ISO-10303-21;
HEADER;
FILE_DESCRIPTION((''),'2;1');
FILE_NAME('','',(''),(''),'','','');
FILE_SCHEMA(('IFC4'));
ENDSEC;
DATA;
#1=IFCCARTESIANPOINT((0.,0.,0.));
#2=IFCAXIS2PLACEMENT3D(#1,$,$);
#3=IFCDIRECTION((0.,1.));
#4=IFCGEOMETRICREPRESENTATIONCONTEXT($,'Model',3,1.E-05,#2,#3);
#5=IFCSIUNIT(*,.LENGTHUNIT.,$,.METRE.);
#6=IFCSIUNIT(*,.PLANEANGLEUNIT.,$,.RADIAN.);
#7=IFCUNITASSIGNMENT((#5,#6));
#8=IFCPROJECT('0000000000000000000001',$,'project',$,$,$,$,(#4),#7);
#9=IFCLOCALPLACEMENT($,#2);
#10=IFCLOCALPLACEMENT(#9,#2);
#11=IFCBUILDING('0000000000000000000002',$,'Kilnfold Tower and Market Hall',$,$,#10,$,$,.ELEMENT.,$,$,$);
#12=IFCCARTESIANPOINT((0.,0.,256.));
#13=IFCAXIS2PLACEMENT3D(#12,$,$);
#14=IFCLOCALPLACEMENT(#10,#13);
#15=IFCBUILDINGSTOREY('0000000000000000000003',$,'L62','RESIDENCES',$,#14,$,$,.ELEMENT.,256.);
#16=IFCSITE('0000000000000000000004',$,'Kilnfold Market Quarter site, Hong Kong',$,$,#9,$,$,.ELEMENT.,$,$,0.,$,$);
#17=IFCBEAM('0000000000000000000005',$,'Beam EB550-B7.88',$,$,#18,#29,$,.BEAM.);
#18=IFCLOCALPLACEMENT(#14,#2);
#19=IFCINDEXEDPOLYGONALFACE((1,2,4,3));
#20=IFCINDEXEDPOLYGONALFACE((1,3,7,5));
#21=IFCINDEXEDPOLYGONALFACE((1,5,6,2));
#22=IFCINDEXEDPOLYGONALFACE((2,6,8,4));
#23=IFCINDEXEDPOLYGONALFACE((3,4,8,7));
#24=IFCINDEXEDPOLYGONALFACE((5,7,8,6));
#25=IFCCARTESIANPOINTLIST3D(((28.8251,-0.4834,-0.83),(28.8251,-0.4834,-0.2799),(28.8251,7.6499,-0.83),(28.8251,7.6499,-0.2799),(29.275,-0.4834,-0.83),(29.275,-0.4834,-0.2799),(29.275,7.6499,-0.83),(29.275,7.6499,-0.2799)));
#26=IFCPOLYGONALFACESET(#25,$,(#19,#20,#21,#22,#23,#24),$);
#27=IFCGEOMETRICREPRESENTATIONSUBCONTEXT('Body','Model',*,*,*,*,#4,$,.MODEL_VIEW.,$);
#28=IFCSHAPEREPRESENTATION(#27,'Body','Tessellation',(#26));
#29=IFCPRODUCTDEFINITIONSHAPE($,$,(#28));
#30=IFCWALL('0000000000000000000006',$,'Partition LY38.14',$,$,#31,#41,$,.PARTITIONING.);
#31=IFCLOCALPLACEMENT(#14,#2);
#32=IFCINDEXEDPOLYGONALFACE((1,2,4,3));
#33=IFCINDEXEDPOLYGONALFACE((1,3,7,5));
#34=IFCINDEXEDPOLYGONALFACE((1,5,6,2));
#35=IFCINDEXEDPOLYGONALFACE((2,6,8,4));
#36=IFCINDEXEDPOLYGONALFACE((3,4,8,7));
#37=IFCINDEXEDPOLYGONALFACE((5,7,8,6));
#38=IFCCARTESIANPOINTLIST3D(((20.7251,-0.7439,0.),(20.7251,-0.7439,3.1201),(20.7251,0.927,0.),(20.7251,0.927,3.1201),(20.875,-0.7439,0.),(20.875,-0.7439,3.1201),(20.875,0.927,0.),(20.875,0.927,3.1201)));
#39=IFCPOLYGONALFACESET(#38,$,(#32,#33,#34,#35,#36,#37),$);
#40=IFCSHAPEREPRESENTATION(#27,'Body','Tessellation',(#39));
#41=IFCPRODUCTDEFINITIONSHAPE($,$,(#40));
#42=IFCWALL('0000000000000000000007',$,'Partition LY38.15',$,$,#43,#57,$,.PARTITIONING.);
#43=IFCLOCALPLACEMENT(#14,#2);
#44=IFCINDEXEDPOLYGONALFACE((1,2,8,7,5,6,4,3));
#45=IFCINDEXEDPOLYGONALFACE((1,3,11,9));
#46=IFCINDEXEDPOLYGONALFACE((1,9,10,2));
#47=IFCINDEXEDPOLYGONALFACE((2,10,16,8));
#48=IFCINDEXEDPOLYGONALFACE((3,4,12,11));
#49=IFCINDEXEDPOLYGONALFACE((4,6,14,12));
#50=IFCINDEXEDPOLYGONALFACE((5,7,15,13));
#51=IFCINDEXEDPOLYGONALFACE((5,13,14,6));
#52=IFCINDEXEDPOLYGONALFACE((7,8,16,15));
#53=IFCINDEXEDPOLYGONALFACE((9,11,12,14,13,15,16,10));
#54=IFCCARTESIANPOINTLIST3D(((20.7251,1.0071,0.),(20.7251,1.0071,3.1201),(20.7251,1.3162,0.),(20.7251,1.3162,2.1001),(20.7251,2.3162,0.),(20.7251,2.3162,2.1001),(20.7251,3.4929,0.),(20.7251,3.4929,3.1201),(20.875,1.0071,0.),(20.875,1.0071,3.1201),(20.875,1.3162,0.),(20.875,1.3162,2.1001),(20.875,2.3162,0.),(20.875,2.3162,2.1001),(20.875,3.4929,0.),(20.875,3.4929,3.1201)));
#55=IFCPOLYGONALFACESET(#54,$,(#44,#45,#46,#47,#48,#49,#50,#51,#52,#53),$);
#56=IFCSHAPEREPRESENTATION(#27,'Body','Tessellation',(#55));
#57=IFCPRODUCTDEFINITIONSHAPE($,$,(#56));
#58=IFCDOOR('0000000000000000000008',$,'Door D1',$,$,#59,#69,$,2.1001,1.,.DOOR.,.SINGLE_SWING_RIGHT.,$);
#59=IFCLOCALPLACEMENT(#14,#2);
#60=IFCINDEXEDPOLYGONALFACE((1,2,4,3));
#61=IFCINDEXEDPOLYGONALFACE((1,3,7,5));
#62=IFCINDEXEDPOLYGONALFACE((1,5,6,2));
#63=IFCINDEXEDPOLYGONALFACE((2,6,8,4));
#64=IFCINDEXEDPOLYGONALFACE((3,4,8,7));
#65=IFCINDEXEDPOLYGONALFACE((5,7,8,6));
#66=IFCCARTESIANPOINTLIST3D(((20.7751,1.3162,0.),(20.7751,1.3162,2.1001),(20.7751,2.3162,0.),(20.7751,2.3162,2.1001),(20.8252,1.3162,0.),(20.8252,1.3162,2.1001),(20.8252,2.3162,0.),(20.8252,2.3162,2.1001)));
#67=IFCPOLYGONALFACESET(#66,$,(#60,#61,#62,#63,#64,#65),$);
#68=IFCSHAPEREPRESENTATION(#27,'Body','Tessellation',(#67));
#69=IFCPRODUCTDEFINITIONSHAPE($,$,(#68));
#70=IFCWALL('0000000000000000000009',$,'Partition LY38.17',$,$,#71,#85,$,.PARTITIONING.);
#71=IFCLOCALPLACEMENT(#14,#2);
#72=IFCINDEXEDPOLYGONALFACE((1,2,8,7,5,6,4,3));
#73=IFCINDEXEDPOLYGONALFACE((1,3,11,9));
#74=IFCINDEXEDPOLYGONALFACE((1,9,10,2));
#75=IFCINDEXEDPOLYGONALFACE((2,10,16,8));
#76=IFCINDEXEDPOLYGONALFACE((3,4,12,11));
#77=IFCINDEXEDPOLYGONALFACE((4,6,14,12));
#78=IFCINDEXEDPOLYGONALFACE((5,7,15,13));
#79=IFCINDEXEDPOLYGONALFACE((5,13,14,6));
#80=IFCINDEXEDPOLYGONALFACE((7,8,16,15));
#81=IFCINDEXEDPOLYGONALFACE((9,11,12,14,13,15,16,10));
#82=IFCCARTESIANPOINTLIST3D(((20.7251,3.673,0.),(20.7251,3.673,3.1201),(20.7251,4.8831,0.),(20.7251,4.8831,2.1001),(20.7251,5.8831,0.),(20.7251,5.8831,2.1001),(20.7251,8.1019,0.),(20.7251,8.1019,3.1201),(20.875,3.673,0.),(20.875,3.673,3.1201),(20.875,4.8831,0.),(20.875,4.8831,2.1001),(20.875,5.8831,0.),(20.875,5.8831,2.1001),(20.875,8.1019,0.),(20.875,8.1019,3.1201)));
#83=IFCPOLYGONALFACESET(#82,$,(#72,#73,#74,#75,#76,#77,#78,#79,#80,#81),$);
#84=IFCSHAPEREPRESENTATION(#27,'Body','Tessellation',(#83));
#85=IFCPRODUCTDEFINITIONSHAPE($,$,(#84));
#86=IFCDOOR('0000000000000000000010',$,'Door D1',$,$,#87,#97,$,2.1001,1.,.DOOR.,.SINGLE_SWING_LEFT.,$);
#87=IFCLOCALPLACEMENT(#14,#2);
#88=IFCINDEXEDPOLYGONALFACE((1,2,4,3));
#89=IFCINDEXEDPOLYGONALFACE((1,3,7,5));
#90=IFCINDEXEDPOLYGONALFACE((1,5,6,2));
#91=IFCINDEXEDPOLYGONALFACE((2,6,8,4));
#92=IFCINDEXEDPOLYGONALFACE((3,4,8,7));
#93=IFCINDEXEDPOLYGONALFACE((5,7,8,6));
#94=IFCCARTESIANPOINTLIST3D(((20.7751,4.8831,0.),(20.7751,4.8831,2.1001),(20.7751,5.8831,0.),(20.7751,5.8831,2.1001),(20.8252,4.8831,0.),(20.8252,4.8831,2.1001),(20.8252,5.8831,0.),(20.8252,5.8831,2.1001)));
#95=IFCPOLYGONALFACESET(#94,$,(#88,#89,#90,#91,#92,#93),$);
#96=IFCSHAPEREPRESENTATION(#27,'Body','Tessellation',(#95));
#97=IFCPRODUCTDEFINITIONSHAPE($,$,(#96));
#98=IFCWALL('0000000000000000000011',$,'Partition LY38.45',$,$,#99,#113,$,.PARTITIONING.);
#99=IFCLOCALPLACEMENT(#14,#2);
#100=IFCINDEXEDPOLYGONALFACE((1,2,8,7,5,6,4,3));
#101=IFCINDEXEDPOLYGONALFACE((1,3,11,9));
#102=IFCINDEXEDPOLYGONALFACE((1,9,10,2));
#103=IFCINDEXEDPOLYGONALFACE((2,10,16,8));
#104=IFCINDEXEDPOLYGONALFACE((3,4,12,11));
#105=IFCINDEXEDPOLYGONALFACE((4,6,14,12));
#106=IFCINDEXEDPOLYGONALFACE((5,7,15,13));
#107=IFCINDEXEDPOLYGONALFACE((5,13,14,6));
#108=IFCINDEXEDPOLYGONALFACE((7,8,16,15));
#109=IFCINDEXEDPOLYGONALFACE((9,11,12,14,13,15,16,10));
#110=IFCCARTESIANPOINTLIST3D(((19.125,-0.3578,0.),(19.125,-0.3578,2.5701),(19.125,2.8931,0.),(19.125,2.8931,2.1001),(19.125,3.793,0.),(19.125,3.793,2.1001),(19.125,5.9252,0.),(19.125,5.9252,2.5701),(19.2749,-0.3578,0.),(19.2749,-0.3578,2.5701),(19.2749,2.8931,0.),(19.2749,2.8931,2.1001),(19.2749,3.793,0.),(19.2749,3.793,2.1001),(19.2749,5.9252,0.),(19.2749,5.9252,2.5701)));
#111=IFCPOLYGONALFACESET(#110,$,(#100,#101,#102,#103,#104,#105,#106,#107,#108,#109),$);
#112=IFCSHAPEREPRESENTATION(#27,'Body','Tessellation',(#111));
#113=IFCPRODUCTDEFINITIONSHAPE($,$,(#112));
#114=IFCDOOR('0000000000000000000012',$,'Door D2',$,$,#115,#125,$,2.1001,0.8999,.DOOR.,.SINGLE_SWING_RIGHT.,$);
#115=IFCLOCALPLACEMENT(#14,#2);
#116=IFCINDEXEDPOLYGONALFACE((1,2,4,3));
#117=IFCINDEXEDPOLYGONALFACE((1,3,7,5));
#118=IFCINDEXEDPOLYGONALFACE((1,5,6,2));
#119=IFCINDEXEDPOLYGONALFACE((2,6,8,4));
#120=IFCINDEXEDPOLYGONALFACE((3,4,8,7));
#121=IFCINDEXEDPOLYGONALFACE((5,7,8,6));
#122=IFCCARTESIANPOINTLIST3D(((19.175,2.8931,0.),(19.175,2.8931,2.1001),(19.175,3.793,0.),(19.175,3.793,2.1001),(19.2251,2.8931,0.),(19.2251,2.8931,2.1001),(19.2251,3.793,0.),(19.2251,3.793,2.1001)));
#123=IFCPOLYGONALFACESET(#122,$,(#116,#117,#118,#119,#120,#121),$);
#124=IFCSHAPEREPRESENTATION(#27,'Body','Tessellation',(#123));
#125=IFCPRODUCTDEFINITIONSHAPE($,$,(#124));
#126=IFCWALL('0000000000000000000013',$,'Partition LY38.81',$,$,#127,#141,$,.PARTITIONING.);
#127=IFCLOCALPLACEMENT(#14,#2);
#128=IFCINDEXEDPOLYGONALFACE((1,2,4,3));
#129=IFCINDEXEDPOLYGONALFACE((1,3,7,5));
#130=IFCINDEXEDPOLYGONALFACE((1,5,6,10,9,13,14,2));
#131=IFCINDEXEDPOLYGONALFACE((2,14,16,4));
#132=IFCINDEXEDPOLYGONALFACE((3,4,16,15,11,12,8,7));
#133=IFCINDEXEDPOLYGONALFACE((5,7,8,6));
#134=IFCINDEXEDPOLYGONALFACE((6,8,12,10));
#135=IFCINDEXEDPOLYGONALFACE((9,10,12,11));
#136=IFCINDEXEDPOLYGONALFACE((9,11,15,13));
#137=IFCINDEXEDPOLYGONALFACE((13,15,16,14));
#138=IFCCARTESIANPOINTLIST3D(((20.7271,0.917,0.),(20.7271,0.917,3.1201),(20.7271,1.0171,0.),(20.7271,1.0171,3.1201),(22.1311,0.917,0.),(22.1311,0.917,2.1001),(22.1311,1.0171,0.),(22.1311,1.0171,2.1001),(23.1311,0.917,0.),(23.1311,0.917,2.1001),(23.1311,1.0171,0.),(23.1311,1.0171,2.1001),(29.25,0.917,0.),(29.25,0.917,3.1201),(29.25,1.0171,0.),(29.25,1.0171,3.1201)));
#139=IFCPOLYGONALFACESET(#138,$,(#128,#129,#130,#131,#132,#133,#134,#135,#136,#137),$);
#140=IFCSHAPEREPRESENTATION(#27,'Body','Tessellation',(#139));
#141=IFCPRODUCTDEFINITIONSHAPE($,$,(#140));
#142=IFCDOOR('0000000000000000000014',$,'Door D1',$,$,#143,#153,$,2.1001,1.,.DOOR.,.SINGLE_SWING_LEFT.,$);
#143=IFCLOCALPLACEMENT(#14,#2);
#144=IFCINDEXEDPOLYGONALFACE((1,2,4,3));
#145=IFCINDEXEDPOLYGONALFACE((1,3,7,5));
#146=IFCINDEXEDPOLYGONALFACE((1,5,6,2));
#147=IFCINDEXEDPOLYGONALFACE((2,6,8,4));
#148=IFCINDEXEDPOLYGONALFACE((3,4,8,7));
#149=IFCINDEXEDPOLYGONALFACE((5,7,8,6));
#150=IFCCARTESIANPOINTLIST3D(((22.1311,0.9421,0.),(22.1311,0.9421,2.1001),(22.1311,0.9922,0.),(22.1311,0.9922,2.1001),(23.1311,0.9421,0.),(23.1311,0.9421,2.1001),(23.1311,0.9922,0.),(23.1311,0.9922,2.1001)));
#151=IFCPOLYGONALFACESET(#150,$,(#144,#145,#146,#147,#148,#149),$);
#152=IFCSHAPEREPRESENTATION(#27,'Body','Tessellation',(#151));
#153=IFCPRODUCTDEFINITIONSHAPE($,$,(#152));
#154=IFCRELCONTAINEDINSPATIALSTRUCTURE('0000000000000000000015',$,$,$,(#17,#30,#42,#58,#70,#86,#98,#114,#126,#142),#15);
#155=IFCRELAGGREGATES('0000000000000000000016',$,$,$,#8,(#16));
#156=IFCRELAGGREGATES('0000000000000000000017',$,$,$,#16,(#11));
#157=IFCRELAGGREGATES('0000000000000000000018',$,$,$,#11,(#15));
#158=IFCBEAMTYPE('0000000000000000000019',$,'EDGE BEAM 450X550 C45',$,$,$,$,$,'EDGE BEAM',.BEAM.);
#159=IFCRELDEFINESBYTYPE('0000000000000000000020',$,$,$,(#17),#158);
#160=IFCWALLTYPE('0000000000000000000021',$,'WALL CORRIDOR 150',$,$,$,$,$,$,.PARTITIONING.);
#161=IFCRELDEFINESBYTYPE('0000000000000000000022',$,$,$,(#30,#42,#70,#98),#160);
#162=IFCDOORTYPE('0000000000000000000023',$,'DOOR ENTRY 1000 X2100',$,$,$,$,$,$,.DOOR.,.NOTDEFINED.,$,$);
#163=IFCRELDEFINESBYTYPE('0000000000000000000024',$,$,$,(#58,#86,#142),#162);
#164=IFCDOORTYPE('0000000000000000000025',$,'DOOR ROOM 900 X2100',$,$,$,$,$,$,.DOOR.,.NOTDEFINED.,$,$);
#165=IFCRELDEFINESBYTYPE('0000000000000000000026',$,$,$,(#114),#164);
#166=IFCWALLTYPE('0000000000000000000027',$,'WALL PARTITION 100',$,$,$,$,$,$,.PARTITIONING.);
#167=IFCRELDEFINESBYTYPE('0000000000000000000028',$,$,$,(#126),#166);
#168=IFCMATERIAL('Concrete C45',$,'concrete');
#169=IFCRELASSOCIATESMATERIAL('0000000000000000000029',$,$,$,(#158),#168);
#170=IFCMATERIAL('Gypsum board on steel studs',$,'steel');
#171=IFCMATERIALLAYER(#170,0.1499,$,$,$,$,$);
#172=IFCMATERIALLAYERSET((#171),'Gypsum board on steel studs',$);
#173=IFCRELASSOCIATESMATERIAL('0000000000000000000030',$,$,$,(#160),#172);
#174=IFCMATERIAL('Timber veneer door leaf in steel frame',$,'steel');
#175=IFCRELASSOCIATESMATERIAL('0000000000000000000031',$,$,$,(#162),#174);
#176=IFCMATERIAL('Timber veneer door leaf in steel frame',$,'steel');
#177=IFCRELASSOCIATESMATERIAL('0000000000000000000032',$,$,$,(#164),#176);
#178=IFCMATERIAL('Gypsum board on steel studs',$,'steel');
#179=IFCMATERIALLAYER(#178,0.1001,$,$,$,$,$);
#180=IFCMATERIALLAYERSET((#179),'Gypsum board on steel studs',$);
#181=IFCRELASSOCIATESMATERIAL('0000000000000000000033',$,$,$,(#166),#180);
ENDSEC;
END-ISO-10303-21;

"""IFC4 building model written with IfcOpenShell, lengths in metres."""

from ifc_helpers import new_model, si_unit, direction, frame, frame_2d, origin, origin_2d, place, context, subcontext, project, spatial, rectangle, extrude, source, transform, mapped, material, layer, layer_set, material_profile, profile_set, type_object, element, fill, save


model = new_model("IFC4")

# Units and contexts
model_context = context("Model", 3, precision=1e-05, world=origin(), true_north=direction((0.0, 1.0)))
body_context = subcontext(model_context, "Body", "Model", "MODEL_VIEW")
ifc_project = project(units=[si_unit("LENGTHUNIT", "METRE"), si_unit("PLANEANGLEUNIT", "RADIAN")], contexts=[model_context])

# Site, building, storey
site_placement = place(None, origin())
site = spatial("IfcSite", under=ifc_project, at=site_placement, Name="Kilnfold Market Quarter site, Hong Kong", CompositionType="ELEMENT", RefElevation=0.0)
building_placement = place(site_placement, origin())
building = spatial("IfcBuilding", under=site, at=building_placement, Name="Kilnfold Tower and Market Hall", CompositionType="ELEMENT")
storey_placement = place(building_placement, frame((0.0, 0.0, 256.0)))
storey = spatial("IfcBuildingStorey", under=building, at=storey_placement, Name="L62", Description="RESIDENCES", CompositionType="ELEMENT", Elevation=256.0)

# Beam
ifc_material_1 = material(Name="Concrete C45", Category="concrete")
ifc_material_profile_1 = material_profile(ifc_material_1, rectangle(XDim=0.45, YDim=0.55, at=origin_2d()), Name="RC 450x550")
ifc_profile_set_1 = profile_set([ifc_material_profile_1], Name="Concrete C45")
beam_type = type_object("IfcBeamType", Name="EDGE BEAM 450X550 C45", ElementType="EDGE BEAM", PredefinedType="BEAM", material=ifc_profile_set_1)
shared_shape_1 = source(origin(), body_context, "Body", "SweptSolid", [
    extrude(rectangle(XDim=0.45, YDim=0.55, at=origin_2d()), origin(), (0.0, 0.0, 1.0), 8.1333),
])
beam_placement = place(storey_placement, frame((29.05, -0.4834, -0.5549), z_axis=(0.0, 1.0, 0.0), x_axis=(-1.0, 0.0, 0.0)))
element("IfcBeam", 1, at=beam_placement, inside=storey, type_object=beam_type, Name="Beam EB550-B7.88", PredefinedType="BEAM", context=body_context, shape_type="MappedRepresentation", body=[
    mapped(shared_shape_1, transform((0.0, 0.0, 0.0))),
])

# Wall
ifc_material_2 = material(Name="Gypsum board on steel studs", Category="steel")
ifc_layer_1 = layer(ifc_material_2, 0.1499)
ifc_layer_set_1 = layer_set([ifc_layer_1], Name="Gypsum board on steel studs")
wall_type_1 = type_object("IfcWallType", Name="WALL CORRIDOR 150", PredefinedType="PARTITIONING", material=ifc_layer_set_1)
wall_1_placement = place(storey_placement, frame((20.8, -0.7439, 0.0), z_axis=(0.0, 0.0, 1.0), x_axis=(0.0, 1.0, 0.0)))
element("IfcWall", 2, at=wall_1_placement, inside=storey, type_object=wall_type_1, Name="Partition LY38.14", PredefinedType="PARTITIONING", context=body_context, shape_type="SweptSolid", body=[
    extrude(rectangle(XDim=1.6709, YDim=0.1499, at=frame_2d((0.8354, 0.0))), origin(), (0.0, 0.0, 1.0), 3.1201),
])

# Walls, openings, doors
wall_2_placement = place(storey_placement, frame((20.8, 1.0071, 0.0), z_axis=(0.0, 0.0, 1.0), x_axis=(0.0, 1.0, 0.0)))
wall_2 = element("IfcWall", 3, at=wall_2_placement, inside=storey, type_object=wall_type_1, Name="Partition LY38.15", PredefinedType="PARTITIONING", context=body_context, shape_type="SweptSolid", body=[
    extrude(rectangle(XDim=2.4858, YDim=0.1499, at=frame_2d((1.2429, 0.0))), origin(), (0.0, 0.0, 1.0), 3.1201),
])
opening_1_placement = place(wall_2_placement, frame((0.3091, 0.0, 0.0)))
opening_1 = element("IfcOpeningElement", 4, at=opening_1_placement, cuts=wall_2, PredefinedType="OPENING", context=body_context, shape_type="SweptSolid", body=[
    extrude(rectangle(XDim=1.0, YDim=2.1001, at=frame_2d((0.5, 1.05))), frame((0.0, 0.085, 0.0), z_axis=(0.0, -1.0, 0.0), x_axis=(1.0, 0.0, 0.0)), (0.0, 0.0, 1.0), 0.1699),
])
ifc_material_3 = material(Name="Timber veneer door leaf in steel frame", Category="steel")
door_type_1 = type_object("IfcDoorType", Name="DOOR ENTRY 1000 X2100", OperationType="NOTDEFINED", PredefinedType="DOOR", material=ifc_material_3)
door_1_placement = place(opening_1_placement, origin())
door_1 = element("IfcDoor", 5, at=door_1_placement, inside=storey, type_object=door_type_1, Name="Door D1", OperationType="SINGLE_SWING_RIGHT", OverallHeight=2.1001, OverallWidth=1.0, PredefinedType="DOOR", context=body_context, shape_type="SweptSolid", body=[
    extrude(rectangle(XDim=1.0, YDim=2.1001, at=frame_2d((0.5, 1.05))), frame((0.0, 0.0249, 0.0), z_axis=(0.0, -1.0, 0.0), x_axis=(1.0, 0.0, 0.0)), (0.0, 0.0, 1.0), 0.05),
])
fill(opening_1, door_1)
wall_3_placement = place(storey_placement, frame((20.8, 3.6731, 0.0), z_axis=(0.0, 0.0, 1.0), x_axis=(0.0, 1.0, 0.0)))
wall_3 = element("IfcWall", 6, at=wall_3_placement, inside=storey, type_object=wall_type_1, Name="Partition LY38.17", PredefinedType="PARTITIONING", context=body_context, shape_type="SweptSolid", body=[
    extrude(rectangle(XDim=4.429, YDim=0.1499, at=frame_2d((2.2144, 0.0))), origin(), (0.0, 0.0, 1.0), 3.1201),
])
opening_2_placement = place(wall_3_placement, frame((1.21, 0.0, 0.0)))
opening_2 = element("IfcOpeningElement", 7, at=opening_2_placement, cuts=wall_3, PredefinedType="OPENING", context=body_context, shape_type="SweptSolid", body=[
    extrude(rectangle(XDim=1.0, YDim=2.1001, at=frame_2d((0.5, 1.05))), frame((0.0, 0.085, 0.0), z_axis=(0.0, -1.0, 0.0), x_axis=(1.0, 0.0, 0.0)), (0.0, 0.0, 1.0), 0.1699),
])
door_2_placement = place(opening_2_placement, origin())
door_2 = element("IfcDoor", 8, at=door_2_placement, inside=storey, type_object=door_type_1, Name="Door D1", OperationType="SINGLE_SWING_LEFT", OverallHeight=2.1001, OverallWidth=1.0, PredefinedType="DOOR", context=body_context, shape_type="SweptSolid", body=[
    extrude(rectangle(XDim=1.0, YDim=2.1001, at=frame_2d((0.5, 1.05))), frame((0.0, 0.0249, 0.0), z_axis=(0.0, -1.0, 0.0), x_axis=(1.0, 0.0, 0.0)), (0.0, 0.0, 1.0), 0.05),
])
fill(opening_2, door_2)
wall_4_placement = place(storey_placement, frame((19.2, -0.3579, 0.0), z_axis=(0.0, 0.0, 1.0), x_axis=(0.0, 1.0, 0.0)))
wall_4 = element("IfcWall", 9, at=wall_4_placement, inside=storey, type_object=wall_type_1, Name="Partition LY38.45", PredefinedType="PARTITIONING", context=body_context, shape_type="SweptSolid", body=[
    extrude(rectangle(XDim=6.283, YDim=0.1499, at=frame_2d((3.1416, 0.0))), origin(), (0.0, 0.0, 1.0), 2.5701),
])
opening_3_placement = place(wall_4_placement, frame((3.251, 0.0, 0.0)))
opening_3 = element("IfcOpeningElement", 10, at=opening_3_placement, cuts=wall_4, PredefinedType="OPENING", context=body_context, shape_type="SweptSolid", body=[
    extrude(rectangle(XDim=0.8999, YDim=2.1001, at=frame_2d((0.45, 1.05))), frame((0.0, 0.085, 0.0), z_axis=(0.0, -1.0, 0.0), x_axis=(1.0, 0.0, 0.0)), (0.0, 0.0, 1.0), 0.1699),
])
ifc_material_4 = material(Name="Timber veneer door leaf in steel frame", Category="steel")
door_type_2 = type_object("IfcDoorType", Name="DOOR ROOM 900 X2100", OperationType="NOTDEFINED", PredefinedType="DOOR", material=ifc_material_4)
door_3_placement = place(opening_3_placement, origin())
door_3 = element("IfcDoor", 11, at=door_3_placement, inside=storey, type_object=door_type_2, Name="Door D2", OperationType="SINGLE_SWING_RIGHT", OverallHeight=2.1001, OverallWidth=0.8999, PredefinedType="DOOR", context=body_context, shape_type="SweptSolid", body=[
    extrude(rectangle(XDim=0.8999, YDim=2.1001, at=frame_2d((0.45, 1.05))), frame((0.0, 0.0249, 0.0), z_axis=(0.0, -1.0, 0.0), x_axis=(1.0, 0.0, 0.0)), (0.0, 0.0, 1.0), 0.05),
])
fill(opening_3, door_3)
ifc_material_5 = material(Name="Gypsum board on steel studs", Category="steel")
ifc_layer_2 = layer(ifc_material_5, 0.1001)
ifc_layer_set_2 = layer_set([ifc_layer_2], Name="Gypsum board on steel studs")
wall_type_2 = type_object("IfcWallType", Name="WALL PARTITION 100", PredefinedType="PARTITIONING", material=ifc_layer_set_2)
wall_5_placement = place(storey_placement, frame((29.25, 0.967, 0.0), z_axis=(0.0, 0.0, 1.0), x_axis=(-1.0, 0.0, 0.0)))
wall_5 = element("IfcWall", 12, at=wall_5_placement, inside=storey, type_object=wall_type_2, Name="Partition LY38.81", PredefinedType="PARTITIONING", context=body_context, shape_type="SweptSolid", body=[
    extrude(rectangle(XDim=8.5229, YDim=0.1001, at=frame_2d((4.2615, 0.0))), origin(), (0.0, 0.0, 1.0), 3.1201),
])
opening_4_placement = place(wall_5_placement, frame((6.1189, 0.0, 0.0)))
opening_4 = element("IfcOpeningElement", 13, at=opening_4_placement, cuts=wall_5, PredefinedType="OPENING", context=body_context, shape_type="SweptSolid", body=[
    extrude(rectangle(XDim=1.0, YDim=2.1001, at=frame_2d((0.5, 1.05))), frame((0.0, 0.0601, 0.0), z_axis=(0.0, -1.0, 0.0), x_axis=(1.0, 0.0, 0.0)), (0.0, 0.0, 1.0), 0.1201),
])
door_4_placement = place(opening_4_placement, origin())
door_4 = element("IfcDoor", 14, at=door_4_placement, inside=storey, type_object=door_type_1, Name="Door D1", OperationType="SINGLE_SWING_LEFT", OverallHeight=2.1001, OverallWidth=1.0, PredefinedType="DOOR", context=body_context, shape_type="SweptSolid", body=[
    extrude(rectangle(XDim=1.0, YDim=2.1001, at=frame_2d((0.5, 1.05))), frame((0.0, 0.0249, 0.0), z_axis=(0.0, -1.0, 0.0), x_axis=(1.0, 0.0, 0.0)), (0.0, 0.0, 1.0), 0.05),
])
fill(opening_4, door_4)

save(model, "model.ifc")
